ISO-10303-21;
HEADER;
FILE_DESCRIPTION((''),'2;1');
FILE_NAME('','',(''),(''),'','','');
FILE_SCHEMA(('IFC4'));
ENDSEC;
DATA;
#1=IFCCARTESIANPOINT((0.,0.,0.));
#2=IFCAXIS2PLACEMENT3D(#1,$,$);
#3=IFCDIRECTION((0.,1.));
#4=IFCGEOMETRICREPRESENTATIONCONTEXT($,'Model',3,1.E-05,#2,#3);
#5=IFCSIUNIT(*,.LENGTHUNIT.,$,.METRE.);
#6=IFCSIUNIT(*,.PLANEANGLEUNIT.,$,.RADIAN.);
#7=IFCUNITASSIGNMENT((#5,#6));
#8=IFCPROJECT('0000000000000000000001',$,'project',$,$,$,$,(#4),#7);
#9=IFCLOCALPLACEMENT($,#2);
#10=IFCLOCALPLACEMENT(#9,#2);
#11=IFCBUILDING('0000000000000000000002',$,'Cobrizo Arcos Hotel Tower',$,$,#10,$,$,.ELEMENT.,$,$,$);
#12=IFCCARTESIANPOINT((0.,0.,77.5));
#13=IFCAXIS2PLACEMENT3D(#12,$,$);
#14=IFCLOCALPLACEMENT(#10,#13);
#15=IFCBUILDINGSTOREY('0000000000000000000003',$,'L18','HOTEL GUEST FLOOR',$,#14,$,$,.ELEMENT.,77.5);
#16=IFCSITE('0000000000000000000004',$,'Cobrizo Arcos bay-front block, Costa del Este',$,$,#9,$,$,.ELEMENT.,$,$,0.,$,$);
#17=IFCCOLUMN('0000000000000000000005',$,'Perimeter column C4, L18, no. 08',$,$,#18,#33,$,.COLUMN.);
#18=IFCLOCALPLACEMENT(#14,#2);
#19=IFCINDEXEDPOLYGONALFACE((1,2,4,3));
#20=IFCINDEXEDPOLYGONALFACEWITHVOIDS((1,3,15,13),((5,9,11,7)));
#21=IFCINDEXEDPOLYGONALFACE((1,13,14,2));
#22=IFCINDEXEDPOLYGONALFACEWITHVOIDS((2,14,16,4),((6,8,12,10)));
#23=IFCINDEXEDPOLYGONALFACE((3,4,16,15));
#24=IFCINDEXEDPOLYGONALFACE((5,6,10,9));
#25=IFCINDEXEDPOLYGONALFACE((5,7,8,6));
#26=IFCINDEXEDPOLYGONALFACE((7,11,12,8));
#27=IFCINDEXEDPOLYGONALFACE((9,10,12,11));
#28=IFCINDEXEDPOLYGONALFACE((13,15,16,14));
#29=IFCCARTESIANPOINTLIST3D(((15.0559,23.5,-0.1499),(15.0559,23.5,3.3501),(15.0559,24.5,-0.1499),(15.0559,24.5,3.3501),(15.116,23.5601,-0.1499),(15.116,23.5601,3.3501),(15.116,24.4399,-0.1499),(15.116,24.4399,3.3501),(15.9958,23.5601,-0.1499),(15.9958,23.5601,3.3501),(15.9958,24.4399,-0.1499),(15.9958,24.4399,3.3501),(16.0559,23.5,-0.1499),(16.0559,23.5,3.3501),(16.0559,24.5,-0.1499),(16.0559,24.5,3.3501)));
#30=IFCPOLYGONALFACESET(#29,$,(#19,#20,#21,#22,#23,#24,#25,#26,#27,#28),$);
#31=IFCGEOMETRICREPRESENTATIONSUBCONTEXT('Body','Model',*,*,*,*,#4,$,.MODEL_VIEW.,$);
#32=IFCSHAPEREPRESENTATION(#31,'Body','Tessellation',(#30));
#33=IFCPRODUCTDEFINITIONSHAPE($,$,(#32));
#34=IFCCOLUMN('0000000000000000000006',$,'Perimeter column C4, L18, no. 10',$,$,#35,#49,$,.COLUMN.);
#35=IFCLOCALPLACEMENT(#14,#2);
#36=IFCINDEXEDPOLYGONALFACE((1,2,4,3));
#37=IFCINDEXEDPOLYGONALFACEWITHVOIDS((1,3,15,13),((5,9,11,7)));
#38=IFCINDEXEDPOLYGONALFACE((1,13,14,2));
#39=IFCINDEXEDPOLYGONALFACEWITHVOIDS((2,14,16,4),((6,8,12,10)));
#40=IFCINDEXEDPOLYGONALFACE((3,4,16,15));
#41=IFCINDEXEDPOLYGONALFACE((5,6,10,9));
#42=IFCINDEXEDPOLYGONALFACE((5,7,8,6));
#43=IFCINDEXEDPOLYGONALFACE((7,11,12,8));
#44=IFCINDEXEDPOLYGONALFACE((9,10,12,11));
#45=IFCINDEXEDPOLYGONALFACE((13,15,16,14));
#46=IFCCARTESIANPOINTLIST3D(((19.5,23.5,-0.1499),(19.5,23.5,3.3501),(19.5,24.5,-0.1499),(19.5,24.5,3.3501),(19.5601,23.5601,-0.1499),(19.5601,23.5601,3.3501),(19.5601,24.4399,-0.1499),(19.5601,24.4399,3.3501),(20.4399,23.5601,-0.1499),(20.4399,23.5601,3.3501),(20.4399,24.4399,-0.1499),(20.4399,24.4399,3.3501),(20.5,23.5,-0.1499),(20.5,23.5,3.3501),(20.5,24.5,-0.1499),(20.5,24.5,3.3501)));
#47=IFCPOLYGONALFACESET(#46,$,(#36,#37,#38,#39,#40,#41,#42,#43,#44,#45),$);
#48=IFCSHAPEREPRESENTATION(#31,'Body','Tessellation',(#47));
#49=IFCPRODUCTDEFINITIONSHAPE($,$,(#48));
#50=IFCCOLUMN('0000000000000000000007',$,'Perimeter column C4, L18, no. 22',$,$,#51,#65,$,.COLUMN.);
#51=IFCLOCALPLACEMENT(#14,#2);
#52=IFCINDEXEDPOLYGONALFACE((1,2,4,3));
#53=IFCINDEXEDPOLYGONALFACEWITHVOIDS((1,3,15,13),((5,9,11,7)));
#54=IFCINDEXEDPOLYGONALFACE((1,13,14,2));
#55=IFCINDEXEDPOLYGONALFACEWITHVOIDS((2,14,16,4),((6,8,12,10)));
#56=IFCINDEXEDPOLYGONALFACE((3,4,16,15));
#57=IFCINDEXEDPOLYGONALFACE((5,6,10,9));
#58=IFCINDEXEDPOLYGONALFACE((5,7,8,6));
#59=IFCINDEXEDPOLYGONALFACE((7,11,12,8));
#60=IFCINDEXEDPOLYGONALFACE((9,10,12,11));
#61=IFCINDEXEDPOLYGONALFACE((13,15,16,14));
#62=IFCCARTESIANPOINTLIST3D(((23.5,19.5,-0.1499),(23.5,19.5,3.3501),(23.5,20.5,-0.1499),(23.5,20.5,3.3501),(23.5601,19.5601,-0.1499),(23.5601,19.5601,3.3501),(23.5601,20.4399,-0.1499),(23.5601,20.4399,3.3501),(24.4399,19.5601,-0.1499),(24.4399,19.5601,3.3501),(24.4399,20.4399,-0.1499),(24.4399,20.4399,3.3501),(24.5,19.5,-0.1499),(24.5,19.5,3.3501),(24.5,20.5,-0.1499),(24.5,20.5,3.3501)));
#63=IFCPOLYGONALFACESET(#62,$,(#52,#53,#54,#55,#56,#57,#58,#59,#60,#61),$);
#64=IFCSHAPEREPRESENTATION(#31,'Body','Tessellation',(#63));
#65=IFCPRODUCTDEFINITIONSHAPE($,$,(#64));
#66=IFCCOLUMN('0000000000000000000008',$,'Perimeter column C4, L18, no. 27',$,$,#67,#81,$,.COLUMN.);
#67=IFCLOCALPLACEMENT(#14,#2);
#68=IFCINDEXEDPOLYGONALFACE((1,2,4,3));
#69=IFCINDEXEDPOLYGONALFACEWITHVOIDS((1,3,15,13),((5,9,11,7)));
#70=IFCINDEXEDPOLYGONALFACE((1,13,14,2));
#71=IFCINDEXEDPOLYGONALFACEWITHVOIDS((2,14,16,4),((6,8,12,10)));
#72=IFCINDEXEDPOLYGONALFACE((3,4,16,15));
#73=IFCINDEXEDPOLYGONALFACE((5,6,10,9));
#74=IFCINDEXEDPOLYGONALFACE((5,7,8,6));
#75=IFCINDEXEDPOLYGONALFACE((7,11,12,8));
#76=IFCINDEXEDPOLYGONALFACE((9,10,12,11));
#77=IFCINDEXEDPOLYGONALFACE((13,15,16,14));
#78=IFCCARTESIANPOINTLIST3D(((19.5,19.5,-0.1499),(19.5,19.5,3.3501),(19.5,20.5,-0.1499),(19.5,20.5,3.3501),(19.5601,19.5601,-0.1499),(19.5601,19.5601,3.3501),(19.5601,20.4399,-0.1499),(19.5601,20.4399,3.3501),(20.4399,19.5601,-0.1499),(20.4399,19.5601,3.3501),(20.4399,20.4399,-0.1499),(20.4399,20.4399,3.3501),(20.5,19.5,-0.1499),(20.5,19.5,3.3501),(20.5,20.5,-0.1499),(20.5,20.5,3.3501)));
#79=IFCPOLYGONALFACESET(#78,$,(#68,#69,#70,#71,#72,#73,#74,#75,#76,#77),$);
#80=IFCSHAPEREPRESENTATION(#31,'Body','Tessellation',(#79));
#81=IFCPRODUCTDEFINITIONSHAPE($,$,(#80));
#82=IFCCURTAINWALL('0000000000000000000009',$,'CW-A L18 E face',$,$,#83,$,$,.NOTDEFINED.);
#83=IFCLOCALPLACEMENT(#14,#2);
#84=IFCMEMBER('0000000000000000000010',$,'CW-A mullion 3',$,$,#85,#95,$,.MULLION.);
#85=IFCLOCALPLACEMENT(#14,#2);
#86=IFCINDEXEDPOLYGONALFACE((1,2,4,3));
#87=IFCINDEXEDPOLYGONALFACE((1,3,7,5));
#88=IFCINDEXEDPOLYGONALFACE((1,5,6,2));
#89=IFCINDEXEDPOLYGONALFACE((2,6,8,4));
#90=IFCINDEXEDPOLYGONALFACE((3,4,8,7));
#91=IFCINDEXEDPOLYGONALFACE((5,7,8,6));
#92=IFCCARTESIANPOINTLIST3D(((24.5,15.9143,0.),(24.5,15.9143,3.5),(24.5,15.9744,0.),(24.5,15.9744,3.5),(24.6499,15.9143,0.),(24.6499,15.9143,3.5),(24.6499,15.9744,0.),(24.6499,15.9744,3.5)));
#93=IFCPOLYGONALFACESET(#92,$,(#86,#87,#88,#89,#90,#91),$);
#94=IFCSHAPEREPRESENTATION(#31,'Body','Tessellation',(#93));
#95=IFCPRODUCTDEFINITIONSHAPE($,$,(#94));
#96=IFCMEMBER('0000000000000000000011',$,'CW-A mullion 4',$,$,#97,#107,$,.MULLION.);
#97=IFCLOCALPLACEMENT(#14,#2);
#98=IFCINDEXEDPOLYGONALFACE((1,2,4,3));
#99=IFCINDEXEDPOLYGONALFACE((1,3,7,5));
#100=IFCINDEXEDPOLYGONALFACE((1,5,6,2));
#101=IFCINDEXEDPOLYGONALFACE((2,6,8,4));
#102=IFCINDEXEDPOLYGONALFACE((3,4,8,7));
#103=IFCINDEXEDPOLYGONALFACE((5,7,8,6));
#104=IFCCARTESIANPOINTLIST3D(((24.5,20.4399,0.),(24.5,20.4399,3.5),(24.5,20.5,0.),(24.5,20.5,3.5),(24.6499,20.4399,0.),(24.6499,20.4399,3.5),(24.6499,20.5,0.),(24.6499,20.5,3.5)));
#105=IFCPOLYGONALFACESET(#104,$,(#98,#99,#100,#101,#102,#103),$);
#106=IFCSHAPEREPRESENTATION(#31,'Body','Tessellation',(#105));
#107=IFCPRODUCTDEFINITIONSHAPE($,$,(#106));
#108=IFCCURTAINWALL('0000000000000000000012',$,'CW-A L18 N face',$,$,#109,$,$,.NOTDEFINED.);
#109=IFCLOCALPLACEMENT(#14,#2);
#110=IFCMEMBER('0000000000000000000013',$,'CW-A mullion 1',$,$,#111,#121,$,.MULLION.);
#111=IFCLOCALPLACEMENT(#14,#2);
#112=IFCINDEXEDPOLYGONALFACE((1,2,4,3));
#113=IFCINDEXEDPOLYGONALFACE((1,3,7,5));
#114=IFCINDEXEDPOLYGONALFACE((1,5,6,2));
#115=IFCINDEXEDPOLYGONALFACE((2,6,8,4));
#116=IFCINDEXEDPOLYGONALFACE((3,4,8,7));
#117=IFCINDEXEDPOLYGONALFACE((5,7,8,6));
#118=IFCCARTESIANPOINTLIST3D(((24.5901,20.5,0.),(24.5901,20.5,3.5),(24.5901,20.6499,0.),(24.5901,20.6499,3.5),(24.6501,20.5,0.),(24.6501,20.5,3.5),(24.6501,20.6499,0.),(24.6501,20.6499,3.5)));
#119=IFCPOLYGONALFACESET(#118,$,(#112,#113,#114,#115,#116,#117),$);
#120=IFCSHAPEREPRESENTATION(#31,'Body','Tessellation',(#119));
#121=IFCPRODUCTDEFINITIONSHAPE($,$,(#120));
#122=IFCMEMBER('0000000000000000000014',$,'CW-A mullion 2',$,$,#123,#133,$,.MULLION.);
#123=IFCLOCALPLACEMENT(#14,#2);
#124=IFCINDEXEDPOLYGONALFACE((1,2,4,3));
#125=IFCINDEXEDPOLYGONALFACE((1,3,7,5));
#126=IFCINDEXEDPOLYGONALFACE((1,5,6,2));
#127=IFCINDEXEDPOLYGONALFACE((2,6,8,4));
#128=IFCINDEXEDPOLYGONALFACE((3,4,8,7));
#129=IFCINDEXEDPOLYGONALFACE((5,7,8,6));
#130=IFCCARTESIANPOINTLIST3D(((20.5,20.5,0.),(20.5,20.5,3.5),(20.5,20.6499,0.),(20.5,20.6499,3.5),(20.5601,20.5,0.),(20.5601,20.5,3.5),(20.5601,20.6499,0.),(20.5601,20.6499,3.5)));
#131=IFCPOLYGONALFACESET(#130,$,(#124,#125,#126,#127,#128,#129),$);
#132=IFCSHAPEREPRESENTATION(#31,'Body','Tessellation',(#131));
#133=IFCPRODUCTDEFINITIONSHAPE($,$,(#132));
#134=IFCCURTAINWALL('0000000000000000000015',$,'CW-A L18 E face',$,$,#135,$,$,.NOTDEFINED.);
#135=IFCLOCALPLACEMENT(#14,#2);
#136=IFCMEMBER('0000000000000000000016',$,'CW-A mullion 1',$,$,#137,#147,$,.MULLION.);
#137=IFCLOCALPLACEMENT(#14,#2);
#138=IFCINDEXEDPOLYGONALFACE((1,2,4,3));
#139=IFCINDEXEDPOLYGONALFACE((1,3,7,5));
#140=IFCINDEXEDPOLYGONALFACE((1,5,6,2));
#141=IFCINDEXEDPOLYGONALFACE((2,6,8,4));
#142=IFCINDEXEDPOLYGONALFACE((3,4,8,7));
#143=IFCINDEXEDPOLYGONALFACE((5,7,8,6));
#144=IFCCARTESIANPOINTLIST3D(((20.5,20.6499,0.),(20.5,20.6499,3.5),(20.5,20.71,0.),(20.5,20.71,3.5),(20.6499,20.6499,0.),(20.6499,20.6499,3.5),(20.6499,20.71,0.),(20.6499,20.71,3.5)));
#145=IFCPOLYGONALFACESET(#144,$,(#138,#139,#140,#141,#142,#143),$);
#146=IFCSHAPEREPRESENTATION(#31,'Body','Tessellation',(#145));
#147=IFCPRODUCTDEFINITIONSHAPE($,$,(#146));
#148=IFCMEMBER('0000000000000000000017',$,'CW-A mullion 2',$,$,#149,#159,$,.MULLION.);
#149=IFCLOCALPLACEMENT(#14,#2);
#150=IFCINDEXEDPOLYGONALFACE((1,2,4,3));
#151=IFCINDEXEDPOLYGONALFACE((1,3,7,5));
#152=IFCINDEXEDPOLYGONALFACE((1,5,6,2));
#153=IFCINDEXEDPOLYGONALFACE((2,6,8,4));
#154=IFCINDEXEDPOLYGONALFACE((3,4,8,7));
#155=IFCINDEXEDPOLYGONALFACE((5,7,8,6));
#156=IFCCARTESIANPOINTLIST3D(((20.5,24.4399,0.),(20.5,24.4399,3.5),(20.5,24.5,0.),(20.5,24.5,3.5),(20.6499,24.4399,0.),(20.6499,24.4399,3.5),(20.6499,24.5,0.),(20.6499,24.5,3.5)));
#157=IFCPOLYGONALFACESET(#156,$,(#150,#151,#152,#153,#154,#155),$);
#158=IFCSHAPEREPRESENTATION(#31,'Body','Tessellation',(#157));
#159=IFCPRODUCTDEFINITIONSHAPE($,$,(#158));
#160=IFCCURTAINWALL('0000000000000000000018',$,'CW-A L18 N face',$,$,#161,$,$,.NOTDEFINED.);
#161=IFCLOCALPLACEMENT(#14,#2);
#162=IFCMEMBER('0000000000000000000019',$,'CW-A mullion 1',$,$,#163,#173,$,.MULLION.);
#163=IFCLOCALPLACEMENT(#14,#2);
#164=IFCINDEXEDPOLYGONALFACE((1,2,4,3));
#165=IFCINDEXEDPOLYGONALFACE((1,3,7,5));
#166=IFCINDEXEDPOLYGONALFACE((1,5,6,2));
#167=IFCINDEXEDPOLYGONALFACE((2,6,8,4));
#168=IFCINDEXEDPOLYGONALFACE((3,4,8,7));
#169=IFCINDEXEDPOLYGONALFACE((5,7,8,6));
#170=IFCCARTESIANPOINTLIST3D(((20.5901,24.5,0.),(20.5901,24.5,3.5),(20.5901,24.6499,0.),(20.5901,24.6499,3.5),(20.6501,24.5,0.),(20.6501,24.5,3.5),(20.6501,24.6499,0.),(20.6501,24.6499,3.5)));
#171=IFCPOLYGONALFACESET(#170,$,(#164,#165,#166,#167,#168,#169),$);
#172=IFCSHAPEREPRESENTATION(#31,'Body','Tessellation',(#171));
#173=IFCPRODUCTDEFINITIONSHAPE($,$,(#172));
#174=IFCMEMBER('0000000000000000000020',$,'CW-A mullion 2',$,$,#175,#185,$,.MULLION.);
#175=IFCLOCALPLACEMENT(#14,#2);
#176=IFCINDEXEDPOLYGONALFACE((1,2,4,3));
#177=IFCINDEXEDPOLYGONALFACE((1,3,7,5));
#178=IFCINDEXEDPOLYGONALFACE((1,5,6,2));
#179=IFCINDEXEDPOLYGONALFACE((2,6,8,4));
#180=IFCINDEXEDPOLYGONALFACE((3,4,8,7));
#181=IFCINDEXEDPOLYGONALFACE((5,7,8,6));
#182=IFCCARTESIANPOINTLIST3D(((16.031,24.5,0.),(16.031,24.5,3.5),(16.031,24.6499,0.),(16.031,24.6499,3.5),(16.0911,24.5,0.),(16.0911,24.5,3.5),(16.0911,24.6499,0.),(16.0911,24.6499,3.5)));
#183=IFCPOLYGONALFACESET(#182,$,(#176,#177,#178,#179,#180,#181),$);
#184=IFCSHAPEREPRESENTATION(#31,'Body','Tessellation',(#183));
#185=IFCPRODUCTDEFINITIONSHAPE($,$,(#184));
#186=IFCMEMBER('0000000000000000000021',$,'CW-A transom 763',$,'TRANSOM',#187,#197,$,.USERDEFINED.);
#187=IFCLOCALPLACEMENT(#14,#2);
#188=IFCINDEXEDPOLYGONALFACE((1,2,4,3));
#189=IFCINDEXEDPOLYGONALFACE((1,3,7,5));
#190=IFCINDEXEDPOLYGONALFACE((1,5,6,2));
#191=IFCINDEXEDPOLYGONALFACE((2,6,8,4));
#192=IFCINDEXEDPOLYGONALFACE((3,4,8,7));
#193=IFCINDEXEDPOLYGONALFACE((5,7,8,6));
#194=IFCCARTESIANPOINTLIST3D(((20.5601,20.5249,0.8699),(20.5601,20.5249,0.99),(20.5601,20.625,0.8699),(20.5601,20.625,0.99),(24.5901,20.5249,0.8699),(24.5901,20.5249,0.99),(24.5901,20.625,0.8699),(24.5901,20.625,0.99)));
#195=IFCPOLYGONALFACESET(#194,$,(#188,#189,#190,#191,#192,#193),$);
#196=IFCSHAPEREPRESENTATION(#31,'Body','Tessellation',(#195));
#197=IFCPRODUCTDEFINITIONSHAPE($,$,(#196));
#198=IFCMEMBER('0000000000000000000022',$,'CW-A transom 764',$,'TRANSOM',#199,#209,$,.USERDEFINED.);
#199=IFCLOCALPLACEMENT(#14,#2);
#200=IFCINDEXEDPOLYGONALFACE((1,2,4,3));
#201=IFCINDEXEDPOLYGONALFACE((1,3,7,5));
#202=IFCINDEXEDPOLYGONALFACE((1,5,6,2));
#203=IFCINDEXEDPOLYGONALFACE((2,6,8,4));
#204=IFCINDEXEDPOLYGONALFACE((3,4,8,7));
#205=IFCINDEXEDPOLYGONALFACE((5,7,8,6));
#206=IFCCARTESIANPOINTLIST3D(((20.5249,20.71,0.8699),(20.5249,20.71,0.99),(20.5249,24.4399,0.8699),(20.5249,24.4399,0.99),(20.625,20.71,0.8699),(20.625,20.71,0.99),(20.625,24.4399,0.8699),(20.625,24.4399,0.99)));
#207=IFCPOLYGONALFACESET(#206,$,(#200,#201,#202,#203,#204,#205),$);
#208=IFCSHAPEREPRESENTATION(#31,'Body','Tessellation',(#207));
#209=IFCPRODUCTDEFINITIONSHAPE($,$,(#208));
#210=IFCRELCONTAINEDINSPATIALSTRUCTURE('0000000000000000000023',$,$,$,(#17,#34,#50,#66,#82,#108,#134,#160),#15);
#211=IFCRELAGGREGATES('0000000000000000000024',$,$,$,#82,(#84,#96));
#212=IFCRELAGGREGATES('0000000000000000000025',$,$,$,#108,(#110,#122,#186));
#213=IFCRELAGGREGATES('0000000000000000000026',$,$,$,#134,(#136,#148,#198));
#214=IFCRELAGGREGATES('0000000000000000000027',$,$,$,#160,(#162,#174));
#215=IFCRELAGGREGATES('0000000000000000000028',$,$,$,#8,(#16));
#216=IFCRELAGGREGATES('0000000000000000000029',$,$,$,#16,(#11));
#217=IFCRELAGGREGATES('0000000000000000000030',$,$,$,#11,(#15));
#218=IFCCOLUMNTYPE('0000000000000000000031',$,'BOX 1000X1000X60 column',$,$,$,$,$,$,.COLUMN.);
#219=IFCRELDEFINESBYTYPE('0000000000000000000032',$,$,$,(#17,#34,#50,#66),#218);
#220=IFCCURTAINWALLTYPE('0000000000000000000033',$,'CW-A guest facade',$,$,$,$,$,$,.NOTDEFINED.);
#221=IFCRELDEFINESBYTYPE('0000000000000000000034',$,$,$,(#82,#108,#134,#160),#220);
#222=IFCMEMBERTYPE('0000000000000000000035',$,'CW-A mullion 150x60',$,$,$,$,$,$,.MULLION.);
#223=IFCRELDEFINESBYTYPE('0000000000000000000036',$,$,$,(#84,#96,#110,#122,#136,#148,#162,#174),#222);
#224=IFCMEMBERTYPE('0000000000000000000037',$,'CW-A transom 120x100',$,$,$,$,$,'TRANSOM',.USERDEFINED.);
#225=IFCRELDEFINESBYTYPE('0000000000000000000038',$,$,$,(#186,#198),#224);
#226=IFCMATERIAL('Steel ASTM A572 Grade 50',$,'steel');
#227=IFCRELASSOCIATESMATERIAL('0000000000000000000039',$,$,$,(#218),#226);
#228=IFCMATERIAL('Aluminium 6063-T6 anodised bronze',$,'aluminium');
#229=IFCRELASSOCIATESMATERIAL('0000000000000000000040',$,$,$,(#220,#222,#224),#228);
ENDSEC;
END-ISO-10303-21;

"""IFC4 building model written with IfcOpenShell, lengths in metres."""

from ifc_helpers import new_model, si_unit, direction, frame, origin, origin_2d, place, context, subcontext, project, spatial, rectangle, hollow_rectangle, extrude, material, material_profile, profile_set, type_object, element, aggregate, save


model = new_model("IFC4")

# Units and contexts
model_context = context("Model", 3, precision=1e-05, world=origin(), true_north=direction((0.0, 1.0)))
body_context = subcontext(model_context, "Body", "Model", "MODEL_VIEW")
ifc_project = project(units=[si_unit("LENGTHUNIT", "METRE"), si_unit("PLANEANGLEUNIT", "RADIAN")], contexts=[model_context])

# Site, building, storey
site_placement = place(None, origin())
site = spatial("IfcSite", under=ifc_project, at=site_placement, Name="Cobrizo Arcos bay-front block, Costa del Este", CompositionType="ELEMENT", RefElevation=0.0)
building_placement = place(site_placement, origin())
building = spatial("IfcBuilding", under=site, at=building_placement, Name="Cobrizo Arcos Hotel Tower", CompositionType="ELEMENT")
storey_placement = place(building_placement, frame((0.0, 0.0, 77.5)))
storey = spatial("IfcBuildingStorey", under=building, at=storey_placement, Name="L18", Description="HOTEL GUEST FLOOR", CompositionType="ELEMENT", Elevation=77.5)

# Columns
ifc_material_1 = material(Name="Steel ASTM A572 Grade 50", Category="steel")
ifc_material_profile_1 = material_profile(ifc_material_1, hollow_rectangle(XDim=1.0, YDim=1.0, WallThickness=0.0601, at=origin_2d()), Name="BOX 1000X1000X60")
ifc_profile_set_1 = profile_set([ifc_material_profile_1], Name="Steel ASTM A572 Grade 50")
column_type = type_object("IfcColumnType", Name="BOX 1000X1000X60 column", PredefinedType="COLUMN", material=ifc_profile_set_1)
for number, where, z_axis, x_axis, name in (
    (1, (15.5559, 24.0, -0.1499), (0.0, 0.0, 1.0), (1.0, 0.0, 0.0), "Perimeter column C4, L18, no. 08"),
    (2, (20.0, 24.0, -0.1499), (0.0, 0.0, 1.0), (1.0, 0.0, 0.0), "Perimeter column C4, L18, no. 10"),
    (3, (24.0, 20.0, -0.1499), (0.0, 0.0, 1.0), (1.0, 0.0, 0.0), "Perimeter column C4, L18, no. 22"),
    (4, (20.0, 20.0, -0.1499), (0.0, 0.0, 1.0), (1.0, 0.0, 0.0), "Perimeter column C4, L18, no. 27"),
):
    element("IfcColumn", number, at=place(storey_placement, frame(where, z_axis=z_axis, x_axis=x_axis)), inside=storey, type_object=column_type, Name=name, PredefinedType="COLUMN", context=body_context, shape_type="SweptSolid", body=[
        extrude(hollow_rectangle(XDim=1.0, YDim=1.0, WallThickness=0.0601, at=origin_2d()), origin(), (0.0, 0.0, 1.0), 3.5),
    ])

# Curtain walls, members
ifc_material_2 = material(Name="Aluminium 6063-T6 anodised bronze", Category="aluminium")
curtain_wall_type = type_object("IfcCurtainWallType", Name="CW-A guest facade", PredefinedType="NOTDEFINED", material=ifc_material_2)
curtain_wall_1_placement = place(storey_placement, origin())
curtain_wall_1 = element("IfcCurtainWall", 5, at=curtain_wall_1_placement, inside=storey, type_object=curtain_wall_type, Name="CW-A L18 E face", PredefinedType="NOTDEFINED")
ifc_material_profile_2 = material_profile(ifc_material_2, rectangle(XDim=0.1499, YDim=0.0601, at=origin_2d()), Name="CW-A mullion 150x60")
ifc_profile_set_2 = profile_set([ifc_material_profile_2], Name="Aluminium 6063-T6 anodised bronze")
member_type_1 = type_object("IfcMemberType", Name="CW-A mullion 150x60", PredefinedType="MULLION", material=ifc_profile_set_2)
member_1_placement = place(storey_placement, frame((24.575, 15.9443, 0.0), z_axis=(0.0, 0.0, 1.0), x_axis=(1.0, 0.0, 0.0)))
member_1 = element("IfcMember", 6, at=member_1_placement, type_object=member_type_1, Name="CW-A mullion 3", PredefinedType="MULLION", context=body_context, shape_type="SweptSolid", body=[
    extrude(rectangle(XDim=0.1499, YDim=0.0601, at=origin_2d()), origin(), (0.0, 0.0, 1.0), 3.5),
])
member_2_placement = place(storey_placement, frame((24.575, 20.47, 0.0), z_axis=(0.0, 0.0, 1.0), x_axis=(1.0, 0.0, 0.0)))
member_2 = element("IfcMember", 7, at=member_2_placement, type_object=member_type_1, Name="CW-A mullion 4", PredefinedType="MULLION", context=body_context, shape_type="SweptSolid", body=[
    extrude(rectangle(XDim=0.1499, YDim=0.0601, at=origin_2d()), origin(), (0.0, 0.0, 1.0), 3.5),
])
curtain_wall_2_placement = place(storey_placement, origin())
curtain_wall_2 = element("IfcCurtainWall", 8, at=curtain_wall_2_placement, inside=storey, type_object=curtain_wall_type, Name="CW-A L18 N face", PredefinedType="NOTDEFINED")
member_3_placement = place(storey_placement, frame((24.6201, 20.575, 0.0), z_axis=(0.0, 0.0, 1.0), x_axis=(0.0, 1.0, 0.0)))
member_3 = element("IfcMember", 9, at=member_3_placement, type_object=member_type_1, Name="CW-A mullion 1", PredefinedType="MULLION", context=body_context, shape_type="SweptSolid", body=[
    extrude(rectangle(XDim=0.1499, YDim=0.0601, at=origin_2d()), origin(), (0.0, 0.0, 1.0), 3.5),
])
member_4_placement = place(storey_placement, frame((20.53, 20.575, 0.0), z_axis=(0.0, 0.0, 1.0), x_axis=(0.0, 1.0, 0.0)))
member_4 = element("IfcMember", 10, at=member_4_placement, type_object=member_type_1, Name="CW-A mullion 2", PredefinedType="MULLION", context=body_context, shape_type="SweptSolid", body=[
    extrude(rectangle(XDim=0.1499, YDim=0.0601, at=origin_2d()), origin(), (0.0, 0.0, 1.0), 3.5),
])
curtain_wall_3_placement = place(storey_placement, origin())
curtain_wall_3 = element("IfcCurtainWall", 11, at=curtain_wall_3_placement, inside=storey, type_object=curtain_wall_type, Name="CW-A L18 E face", PredefinedType="NOTDEFINED")
member_5_placement = place(storey_placement, frame((20.575, 20.6799, 0.0), z_axis=(0.0, 0.0, 1.0), x_axis=(1.0, 0.0, 0.0)))
member_5 = element("IfcMember", 12, at=member_5_placement, type_object=member_type_1, Name="CW-A mullion 1", PredefinedType="MULLION", context=body_context, shape_type="SweptSolid", body=[
    extrude(rectangle(XDim=0.1499, YDim=0.0601, at=origin_2d()), origin(), (0.0, 0.0, 1.0), 3.5),
])
member_6_placement = place(storey_placement, frame((20.575, 24.47, 0.0), z_axis=(0.0, 0.0, 1.0), x_axis=(1.0, 0.0, 0.0)))
member_6 = element("IfcMember", 13, at=member_6_placement, type_object=member_type_1, Name="CW-A mullion 2", PredefinedType="MULLION", context=body_context, shape_type="SweptSolid", body=[
    extrude(rectangle(XDim=0.1499, YDim=0.0601, at=origin_2d()), origin(), (0.0, 0.0, 1.0), 3.5),
])
curtain_wall_4_placement = place(storey_placement, origin())
curtain_wall_4 = element("IfcCurtainWall", 14, at=curtain_wall_4_placement, inside=storey, type_object=curtain_wall_type, Name="CW-A L18 N face", PredefinedType="NOTDEFINED")
member_7_placement = place(storey_placement, frame((20.6201, 24.575, 0.0), z_axis=(0.0, 0.0, 1.0), x_axis=(0.0, 1.0, 0.0)))
member_7 = element("IfcMember", 15, at=member_7_placement, type_object=member_type_1, Name="CW-A mullion 1", PredefinedType="MULLION", context=body_context, shape_type="SweptSolid", body=[
    extrude(rectangle(XDim=0.1499, YDim=0.0601, at=origin_2d()), origin(), (0.0, 0.0, 1.0), 3.5),
])
member_8_placement = place(storey_placement, frame((16.061, 24.575, 0.0), z_axis=(0.0, 0.0, 1.0), x_axis=(0.0, 1.0, 0.0)))
member_8 = element("IfcMember", 16, at=member_8_placement, type_object=member_type_1, Name="CW-A mullion 2", PredefinedType="MULLION", context=body_context, shape_type="SweptSolid", body=[
    extrude(rectangle(XDim=0.1499, YDim=0.0601, at=origin_2d()), origin(), (0.0, 0.0, 1.0), 3.5),
])

# Members
ifc_material_profile_3 = material_profile(ifc_material_2, rectangle(XDim=0.1001, YDim=0.1201, at=origin_2d()), Name="CW-A transom 120x100")
ifc_profile_set_3 = profile_set([ifc_material_profile_3], Name="Aluminium 6063-T6 anodised bronze")
member_type_2 = type_object("IfcMemberType", Name="CW-A transom 120x100", ElementType="TRANSOM", PredefinedType="USERDEFINED", material=ifc_profile_set_3)
member_9_placement = place(storey_placement, frame((24.5901, 20.575, 0.9299), z_axis=(-1.0, 0.0, 0.0), x_axis=(0.0, -1.0, 0.0)))
member_9 = element("IfcMember", 17, at=member_9_placement, type_object=member_type_2, Name="CW-A transom 763", ObjectType="TRANSOM", PredefinedType="USERDEFINED", context=body_context, shape_type="SweptSolid", body=[
    extrude(rectangle(XDim=0.1001, YDim=0.1201, at=origin_2d()), origin(), (0.0, 0.0, 1.0), 4.03),
])
member_10_placement = place(storey_placement, frame((20.575, 20.71, 0.9299), z_axis=(0.0, 1.0, 0.0), x_axis=(-1.0, 0.0, 0.0)))
member_10 = element("IfcMember", 18, at=member_10_placement, type_object=member_type_2, Name="CW-A transom 764", ObjectType="TRANSOM", PredefinedType="USERDEFINED", context=body_context, shape_type="SweptSolid", body=[
    extrude(rectangle(XDim=0.1001, YDim=0.1201, at=origin_2d()), origin(), (0.0, 0.0, 1.0), 3.73),
])

aggregate(curtain_wall_1, [member_1, member_2])
aggregate(curtain_wall_2, [member_3, member_4, member_9])
aggregate(curtain_wall_3, [member_5, member_6, member_10])
aggregate(curtain_wall_4, [member_7, member_8])

save(model, "model.ifc")
